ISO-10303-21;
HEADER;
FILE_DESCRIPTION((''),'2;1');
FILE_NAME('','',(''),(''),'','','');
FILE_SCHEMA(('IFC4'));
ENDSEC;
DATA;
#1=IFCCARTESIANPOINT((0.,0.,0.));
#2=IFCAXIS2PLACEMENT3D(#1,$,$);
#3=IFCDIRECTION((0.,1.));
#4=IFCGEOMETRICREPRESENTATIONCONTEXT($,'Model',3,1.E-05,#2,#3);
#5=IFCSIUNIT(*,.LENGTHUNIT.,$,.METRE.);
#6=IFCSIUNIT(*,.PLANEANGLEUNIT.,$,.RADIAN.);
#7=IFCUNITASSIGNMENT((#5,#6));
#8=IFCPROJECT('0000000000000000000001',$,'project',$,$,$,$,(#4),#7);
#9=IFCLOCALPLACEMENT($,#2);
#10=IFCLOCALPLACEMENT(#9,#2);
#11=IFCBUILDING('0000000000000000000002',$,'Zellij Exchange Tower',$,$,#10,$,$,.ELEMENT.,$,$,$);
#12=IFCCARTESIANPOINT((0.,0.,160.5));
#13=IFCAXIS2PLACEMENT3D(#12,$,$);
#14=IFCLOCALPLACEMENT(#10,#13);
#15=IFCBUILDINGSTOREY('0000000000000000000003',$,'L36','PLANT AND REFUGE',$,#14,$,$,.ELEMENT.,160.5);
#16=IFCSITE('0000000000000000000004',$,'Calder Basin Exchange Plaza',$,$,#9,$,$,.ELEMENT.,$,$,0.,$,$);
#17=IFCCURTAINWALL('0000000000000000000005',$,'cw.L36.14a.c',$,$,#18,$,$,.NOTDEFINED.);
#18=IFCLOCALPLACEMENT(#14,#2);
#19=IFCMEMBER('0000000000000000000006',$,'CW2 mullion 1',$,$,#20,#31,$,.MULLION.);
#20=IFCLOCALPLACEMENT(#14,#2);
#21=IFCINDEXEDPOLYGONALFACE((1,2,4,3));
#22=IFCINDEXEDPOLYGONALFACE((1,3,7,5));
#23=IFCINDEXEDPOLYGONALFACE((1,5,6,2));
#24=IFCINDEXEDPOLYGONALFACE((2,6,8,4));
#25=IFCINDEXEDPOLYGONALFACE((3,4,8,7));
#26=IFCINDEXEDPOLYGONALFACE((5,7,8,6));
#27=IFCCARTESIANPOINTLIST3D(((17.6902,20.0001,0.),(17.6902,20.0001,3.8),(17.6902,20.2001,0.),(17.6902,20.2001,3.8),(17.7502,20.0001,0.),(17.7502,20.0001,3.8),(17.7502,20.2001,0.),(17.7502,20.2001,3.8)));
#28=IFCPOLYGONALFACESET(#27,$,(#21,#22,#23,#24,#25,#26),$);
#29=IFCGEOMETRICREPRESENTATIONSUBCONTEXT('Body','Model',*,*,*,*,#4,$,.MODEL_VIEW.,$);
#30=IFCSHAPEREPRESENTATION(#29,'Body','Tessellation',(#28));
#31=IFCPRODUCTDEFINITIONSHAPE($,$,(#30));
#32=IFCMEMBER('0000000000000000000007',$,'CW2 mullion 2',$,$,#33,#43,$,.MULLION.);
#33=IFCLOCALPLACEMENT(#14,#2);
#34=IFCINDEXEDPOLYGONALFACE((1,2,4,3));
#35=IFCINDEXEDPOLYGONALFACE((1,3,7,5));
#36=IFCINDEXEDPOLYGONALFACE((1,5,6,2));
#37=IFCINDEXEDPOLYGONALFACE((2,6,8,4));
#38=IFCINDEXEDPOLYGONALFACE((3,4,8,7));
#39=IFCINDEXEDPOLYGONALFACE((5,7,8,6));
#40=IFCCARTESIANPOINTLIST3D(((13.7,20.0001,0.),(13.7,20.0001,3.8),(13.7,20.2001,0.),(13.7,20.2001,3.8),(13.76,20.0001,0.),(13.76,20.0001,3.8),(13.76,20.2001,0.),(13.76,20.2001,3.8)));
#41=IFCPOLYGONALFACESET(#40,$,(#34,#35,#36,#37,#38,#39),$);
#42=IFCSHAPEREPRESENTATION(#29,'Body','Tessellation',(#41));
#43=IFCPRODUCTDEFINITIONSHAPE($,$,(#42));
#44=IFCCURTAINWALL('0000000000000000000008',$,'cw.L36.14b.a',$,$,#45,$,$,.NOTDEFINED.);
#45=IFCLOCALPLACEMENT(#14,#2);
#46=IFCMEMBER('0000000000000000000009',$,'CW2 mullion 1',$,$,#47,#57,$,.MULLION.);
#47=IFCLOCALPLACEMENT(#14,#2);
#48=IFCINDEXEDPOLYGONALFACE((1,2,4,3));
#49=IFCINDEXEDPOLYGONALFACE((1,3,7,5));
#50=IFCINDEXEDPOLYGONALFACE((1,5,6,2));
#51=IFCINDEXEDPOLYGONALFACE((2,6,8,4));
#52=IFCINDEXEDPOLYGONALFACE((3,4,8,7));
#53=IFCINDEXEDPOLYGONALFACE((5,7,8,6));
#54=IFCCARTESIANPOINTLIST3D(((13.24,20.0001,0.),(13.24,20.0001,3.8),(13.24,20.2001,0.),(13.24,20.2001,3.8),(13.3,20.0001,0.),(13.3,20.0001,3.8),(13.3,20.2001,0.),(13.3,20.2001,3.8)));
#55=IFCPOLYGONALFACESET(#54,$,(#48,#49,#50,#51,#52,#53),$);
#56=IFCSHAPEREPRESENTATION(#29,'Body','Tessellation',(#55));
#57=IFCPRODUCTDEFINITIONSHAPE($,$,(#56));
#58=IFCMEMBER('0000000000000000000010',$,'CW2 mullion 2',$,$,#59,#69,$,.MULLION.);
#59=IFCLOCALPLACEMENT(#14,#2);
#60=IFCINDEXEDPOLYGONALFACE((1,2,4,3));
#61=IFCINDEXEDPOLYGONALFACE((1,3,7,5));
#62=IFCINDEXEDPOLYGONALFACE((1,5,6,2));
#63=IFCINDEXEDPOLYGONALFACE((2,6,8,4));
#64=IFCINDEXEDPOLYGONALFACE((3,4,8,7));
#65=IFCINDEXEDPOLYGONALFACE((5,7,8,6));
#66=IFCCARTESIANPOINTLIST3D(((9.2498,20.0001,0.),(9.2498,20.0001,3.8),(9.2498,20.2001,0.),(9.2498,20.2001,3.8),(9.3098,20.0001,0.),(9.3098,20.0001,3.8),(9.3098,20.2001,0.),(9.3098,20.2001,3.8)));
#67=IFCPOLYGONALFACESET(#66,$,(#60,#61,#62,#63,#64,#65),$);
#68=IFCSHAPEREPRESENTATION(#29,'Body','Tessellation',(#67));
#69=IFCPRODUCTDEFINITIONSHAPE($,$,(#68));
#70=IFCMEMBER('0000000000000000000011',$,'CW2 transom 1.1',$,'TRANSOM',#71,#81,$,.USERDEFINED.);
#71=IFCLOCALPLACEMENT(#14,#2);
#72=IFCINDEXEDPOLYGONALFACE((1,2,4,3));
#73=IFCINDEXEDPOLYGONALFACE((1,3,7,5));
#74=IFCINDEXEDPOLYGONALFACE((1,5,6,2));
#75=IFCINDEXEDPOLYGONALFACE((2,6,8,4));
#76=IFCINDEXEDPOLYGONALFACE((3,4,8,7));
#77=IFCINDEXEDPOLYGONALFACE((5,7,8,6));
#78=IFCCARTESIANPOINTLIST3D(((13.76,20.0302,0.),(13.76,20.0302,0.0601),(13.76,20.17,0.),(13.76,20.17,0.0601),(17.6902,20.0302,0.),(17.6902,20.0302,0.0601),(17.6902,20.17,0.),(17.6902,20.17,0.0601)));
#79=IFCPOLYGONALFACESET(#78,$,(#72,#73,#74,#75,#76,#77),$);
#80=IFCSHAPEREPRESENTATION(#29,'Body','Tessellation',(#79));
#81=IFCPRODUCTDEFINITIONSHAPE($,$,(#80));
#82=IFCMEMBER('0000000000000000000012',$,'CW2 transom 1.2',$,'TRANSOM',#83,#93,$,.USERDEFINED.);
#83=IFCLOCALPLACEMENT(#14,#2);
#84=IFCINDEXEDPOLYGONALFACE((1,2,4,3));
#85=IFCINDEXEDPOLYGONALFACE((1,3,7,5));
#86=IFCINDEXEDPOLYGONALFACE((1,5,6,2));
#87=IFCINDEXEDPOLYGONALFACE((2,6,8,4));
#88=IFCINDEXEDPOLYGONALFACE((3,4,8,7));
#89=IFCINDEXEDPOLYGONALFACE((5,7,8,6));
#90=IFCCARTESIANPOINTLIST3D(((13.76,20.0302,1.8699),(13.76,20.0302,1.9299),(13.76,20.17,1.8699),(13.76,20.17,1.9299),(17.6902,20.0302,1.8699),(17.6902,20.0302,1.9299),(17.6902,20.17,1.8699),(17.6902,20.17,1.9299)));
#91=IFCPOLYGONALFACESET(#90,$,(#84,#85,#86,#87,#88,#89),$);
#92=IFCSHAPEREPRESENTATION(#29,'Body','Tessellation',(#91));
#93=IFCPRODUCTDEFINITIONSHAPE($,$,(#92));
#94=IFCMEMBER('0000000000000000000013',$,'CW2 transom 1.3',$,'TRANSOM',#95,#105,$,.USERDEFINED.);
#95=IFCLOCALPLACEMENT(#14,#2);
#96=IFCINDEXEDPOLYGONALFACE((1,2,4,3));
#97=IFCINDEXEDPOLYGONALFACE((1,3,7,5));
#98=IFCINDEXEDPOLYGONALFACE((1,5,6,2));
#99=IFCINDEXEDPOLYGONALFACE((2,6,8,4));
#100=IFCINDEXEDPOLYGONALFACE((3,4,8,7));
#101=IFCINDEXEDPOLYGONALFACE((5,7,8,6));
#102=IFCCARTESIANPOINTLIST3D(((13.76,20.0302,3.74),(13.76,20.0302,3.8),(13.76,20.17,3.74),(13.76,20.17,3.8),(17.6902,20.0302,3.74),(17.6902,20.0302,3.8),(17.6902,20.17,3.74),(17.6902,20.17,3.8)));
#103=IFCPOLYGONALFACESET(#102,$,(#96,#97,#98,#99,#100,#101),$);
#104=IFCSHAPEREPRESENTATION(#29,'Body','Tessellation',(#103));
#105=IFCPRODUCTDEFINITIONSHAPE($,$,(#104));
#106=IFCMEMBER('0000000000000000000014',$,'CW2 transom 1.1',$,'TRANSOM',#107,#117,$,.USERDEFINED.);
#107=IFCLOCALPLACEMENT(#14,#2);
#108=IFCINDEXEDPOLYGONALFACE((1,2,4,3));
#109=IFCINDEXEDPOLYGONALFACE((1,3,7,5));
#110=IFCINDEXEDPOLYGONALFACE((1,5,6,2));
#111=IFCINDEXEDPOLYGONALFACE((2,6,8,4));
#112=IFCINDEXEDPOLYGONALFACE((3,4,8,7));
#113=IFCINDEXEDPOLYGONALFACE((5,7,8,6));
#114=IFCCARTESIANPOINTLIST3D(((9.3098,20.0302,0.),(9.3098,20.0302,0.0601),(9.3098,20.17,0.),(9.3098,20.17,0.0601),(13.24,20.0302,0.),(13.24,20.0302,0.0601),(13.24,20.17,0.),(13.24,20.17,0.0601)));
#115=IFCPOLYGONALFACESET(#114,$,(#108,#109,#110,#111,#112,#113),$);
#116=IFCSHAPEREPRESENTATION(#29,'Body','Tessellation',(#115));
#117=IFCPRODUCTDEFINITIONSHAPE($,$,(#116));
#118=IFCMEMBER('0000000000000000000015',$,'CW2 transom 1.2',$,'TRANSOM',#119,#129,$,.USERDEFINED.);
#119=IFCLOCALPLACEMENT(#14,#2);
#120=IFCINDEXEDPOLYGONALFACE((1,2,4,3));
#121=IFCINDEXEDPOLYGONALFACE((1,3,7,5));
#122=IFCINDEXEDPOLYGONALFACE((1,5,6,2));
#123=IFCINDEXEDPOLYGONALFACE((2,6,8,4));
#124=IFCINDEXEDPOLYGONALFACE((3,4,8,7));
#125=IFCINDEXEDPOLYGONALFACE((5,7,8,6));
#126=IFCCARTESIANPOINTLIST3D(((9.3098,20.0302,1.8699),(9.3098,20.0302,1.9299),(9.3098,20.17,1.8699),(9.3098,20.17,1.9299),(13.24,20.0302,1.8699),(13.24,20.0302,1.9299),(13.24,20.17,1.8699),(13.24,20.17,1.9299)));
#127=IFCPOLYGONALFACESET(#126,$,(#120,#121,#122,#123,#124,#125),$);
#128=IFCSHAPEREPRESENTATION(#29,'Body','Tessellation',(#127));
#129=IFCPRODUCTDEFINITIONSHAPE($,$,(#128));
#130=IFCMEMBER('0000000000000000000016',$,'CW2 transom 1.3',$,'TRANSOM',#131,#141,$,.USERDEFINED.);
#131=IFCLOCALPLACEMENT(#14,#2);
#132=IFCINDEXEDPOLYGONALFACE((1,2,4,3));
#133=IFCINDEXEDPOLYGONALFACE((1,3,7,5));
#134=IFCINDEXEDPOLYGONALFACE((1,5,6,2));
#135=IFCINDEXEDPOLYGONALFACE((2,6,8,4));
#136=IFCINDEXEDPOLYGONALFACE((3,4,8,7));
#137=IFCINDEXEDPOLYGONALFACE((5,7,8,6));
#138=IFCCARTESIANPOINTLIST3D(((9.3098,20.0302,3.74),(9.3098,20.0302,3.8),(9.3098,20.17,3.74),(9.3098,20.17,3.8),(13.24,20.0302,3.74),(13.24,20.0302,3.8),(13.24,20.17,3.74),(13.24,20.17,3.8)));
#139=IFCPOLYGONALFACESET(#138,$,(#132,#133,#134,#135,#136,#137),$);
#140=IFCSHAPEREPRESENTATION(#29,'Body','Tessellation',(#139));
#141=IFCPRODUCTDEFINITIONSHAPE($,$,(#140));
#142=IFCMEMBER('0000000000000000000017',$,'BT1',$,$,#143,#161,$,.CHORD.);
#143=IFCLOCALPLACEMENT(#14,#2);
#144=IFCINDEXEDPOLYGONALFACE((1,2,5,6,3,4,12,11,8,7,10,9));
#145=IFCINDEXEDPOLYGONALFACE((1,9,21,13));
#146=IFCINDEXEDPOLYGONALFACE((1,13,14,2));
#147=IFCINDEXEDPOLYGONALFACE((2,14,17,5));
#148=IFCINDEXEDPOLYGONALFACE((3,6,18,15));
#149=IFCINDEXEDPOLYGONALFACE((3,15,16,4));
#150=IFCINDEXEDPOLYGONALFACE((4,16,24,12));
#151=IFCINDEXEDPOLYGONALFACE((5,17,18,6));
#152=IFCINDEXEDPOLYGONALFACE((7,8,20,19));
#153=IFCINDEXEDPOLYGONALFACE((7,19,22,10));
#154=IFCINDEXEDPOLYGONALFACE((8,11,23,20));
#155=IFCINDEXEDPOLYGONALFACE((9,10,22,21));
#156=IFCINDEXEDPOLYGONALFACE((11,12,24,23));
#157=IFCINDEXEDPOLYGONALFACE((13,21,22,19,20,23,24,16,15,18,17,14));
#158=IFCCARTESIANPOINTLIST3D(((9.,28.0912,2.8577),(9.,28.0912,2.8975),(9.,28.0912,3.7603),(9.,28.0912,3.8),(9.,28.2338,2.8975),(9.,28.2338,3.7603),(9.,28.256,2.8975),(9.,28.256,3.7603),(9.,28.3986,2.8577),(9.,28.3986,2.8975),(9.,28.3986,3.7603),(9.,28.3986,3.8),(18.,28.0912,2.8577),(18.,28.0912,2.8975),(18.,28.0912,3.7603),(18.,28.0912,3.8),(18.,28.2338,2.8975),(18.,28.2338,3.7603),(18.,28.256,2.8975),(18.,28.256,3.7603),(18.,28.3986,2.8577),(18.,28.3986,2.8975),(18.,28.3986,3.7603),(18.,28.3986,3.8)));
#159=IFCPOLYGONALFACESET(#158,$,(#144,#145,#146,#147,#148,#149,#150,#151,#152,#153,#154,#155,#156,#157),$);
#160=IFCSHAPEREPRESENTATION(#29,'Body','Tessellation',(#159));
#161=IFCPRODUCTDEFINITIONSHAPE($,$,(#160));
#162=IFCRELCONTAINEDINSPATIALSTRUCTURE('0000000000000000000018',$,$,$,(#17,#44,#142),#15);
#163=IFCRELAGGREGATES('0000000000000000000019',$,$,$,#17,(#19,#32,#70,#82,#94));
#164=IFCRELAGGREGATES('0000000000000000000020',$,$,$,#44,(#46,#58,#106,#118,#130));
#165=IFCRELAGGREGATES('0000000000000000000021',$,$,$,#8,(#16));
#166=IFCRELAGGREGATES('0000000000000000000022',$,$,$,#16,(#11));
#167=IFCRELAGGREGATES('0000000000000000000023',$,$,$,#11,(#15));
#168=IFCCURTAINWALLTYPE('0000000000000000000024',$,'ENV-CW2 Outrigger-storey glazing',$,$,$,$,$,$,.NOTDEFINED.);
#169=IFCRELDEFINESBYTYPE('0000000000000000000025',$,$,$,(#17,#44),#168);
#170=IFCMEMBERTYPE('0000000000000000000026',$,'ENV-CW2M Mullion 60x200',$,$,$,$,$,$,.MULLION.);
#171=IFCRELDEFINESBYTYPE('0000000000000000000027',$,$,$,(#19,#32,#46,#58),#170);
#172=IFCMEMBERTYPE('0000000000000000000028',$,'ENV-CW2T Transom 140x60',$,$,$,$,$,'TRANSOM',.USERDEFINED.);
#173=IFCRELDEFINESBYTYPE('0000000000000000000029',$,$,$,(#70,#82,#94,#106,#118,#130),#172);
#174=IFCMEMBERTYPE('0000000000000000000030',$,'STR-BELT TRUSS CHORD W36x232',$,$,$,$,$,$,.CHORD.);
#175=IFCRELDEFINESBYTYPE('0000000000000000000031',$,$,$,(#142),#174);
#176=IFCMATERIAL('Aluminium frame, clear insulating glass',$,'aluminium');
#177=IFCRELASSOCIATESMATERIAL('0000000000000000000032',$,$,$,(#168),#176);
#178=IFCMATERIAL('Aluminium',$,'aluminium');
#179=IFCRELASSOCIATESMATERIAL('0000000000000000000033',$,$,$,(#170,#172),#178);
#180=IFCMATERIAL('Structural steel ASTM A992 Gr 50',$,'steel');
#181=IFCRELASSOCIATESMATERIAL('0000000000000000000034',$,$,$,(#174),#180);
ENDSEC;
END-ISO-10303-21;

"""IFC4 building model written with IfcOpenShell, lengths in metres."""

from ifc_helpers import new_model, si_unit, direction, frame, origin, origin_2d, place, context, subcontext, project, spatial, rectangle, i_section, extrude, material, material_profile, profile_set, type_object, element, aggregate, save


model = new_model("IFC4")

# Units and contexts
model_context = context("Model", 3, precision=1e-05, world=origin(), true_north=direction((0.0, 1.0)))
body_context = subcontext(model_context, "Body", "Model", "MODEL_VIEW")
ifc_project = project(units=[si_unit("LENGTHUNIT", "METRE"), si_unit("PLANEANGLEUNIT", "RADIAN")], contexts=[model_context])

# Site, building, storey
site_placement = place(None, origin())
site = spatial("IfcSite", under=ifc_project, at=site_placement, Name="Calder Basin Exchange Plaza", CompositionType="ELEMENT", RefElevation=0.0)
building_placement = place(site_placement, origin())
building = spatial("IfcBuilding", under=site, at=building_placement, Name="Zellij Exchange Tower", CompositionType="ELEMENT")
storey_placement = place(building_placement, frame((0.0, 0.0, 160.5)))
storey = spatial("IfcBuildingStorey", under=building, at=storey_placement, Name="L36", Description="PLANT AND REFUGE", CompositionType="ELEMENT", Elevation=160.5)

# Curtain walls, members
ifc_material_1 = material(Name="Aluminium frame, clear insulating glass", Category="aluminium")
curtain_wall_type = type_object("IfcCurtainWallType", Name="ENV-CW2 Outrigger-storey glazing", PredefinedType="NOTDEFINED", material=ifc_material_1)
curtain_wall_1_placement = place(storey_placement, origin())
curtain_wall_1 = element("IfcCurtainWall", 1, at=curtain_wall_1_placement, inside=storey, type_object=curtain_wall_type, Name="cw.L36.14a.c", PredefinedType="NOTDEFINED")
ifc_material_2 = material(Name="Aluminium", Category="aluminium")
ifc_material_profile_1 = material_profile(ifc_material_2, rectangle(XDim=0.0601, YDim=0.2, at=origin_2d()), Name="AL 60x200")
ifc_profile_set_1 = profile_set([ifc_material_profile_1], Name="Aluminium")
member_type_1 = type_object("IfcMemberType", Name="ENV-CW2M Mullion 60x200", PredefinedType="MULLION", material=ifc_profile_set_1)
member_1_placement = place(storey_placement, frame((17.7202, 20.1001, 0.0), z_axis=(0.0, 0.0, 1.0), x_axis=(-1.0, 0.0, 0.0)))
member_1 = element("IfcMember", 2, at=member_1_placement, type_object=member_type_1, Name="CW2 mullion 1", PredefinedType="MULLION", context=body_context, shape_type="SweptSolid", body=[
    extrude(rectangle(XDim=0.0601, YDim=0.2, at=origin_2d()), origin(), (0.0, 0.0, 1.0), 3.8),
])
member_2_placement = place(storey_placement, frame((13.73, 20.1001, 0.0), z_axis=(0.0, 0.0, 1.0), x_axis=(-1.0, 0.0, 0.0)))
member_2 = element("IfcMember", 3, at=member_2_placement, type_object=member_type_1, Name="CW2 mullion 2", PredefinedType="MULLION", context=body_context, shape_type="SweptSolid", body=[
    extrude(rectangle(XDim=0.0601, YDim=0.2, at=origin_2d()), origin(), (0.0, 0.0, 1.0), 3.8),
])
curtain_wall_2_placement = place(storey_placement, origin())
curtain_wall_2 = element("IfcCurtainWall", 4, at=curtain_wall_2_placement, inside=storey, type_object=curtain_wall_type, Name="cw.L36.14b.a", PredefinedType="NOTDEFINED")
member_3_placement = place(storey_placement, frame((13.27, 20.1001, 0.0), z_axis=(0.0, 0.0, 1.0), x_axis=(-1.0, 0.0, 0.0)))
member_3 = element("IfcMember", 5, at=member_3_placement, type_object=member_type_1, Name="CW2 mullion 1", PredefinedType="MULLION", context=body_context, shape_type="SweptSolid", body=[
    extrude(rectangle(XDim=0.0601, YDim=0.2, at=origin_2d()), origin(), (0.0, 0.0, 1.0), 3.8),
])
member_4_placement = place(storey_placement, frame((9.2798, 20.1001, 0.0), z_axis=(0.0, 0.0, 1.0), x_axis=(-1.0, 0.0, 0.0)))
member_4 = element("IfcMember", 6, at=member_4_placement, type_object=member_type_1, Name="CW2 mullion 2", PredefinedType="MULLION", context=body_context, shape_type="SweptSolid", body=[
    extrude(rectangle(XDim=0.0601, YDim=0.2, at=origin_2d()), origin(), (0.0, 0.0, 1.0), 3.8),
])

# Members
ifc_material_profile_2 = material_profile(ifc_material_2, rectangle(XDim=0.1399, YDim=0.0601, at=origin_2d()), Name="AL 140x60")
ifc_profile_set_2 = profile_set([ifc_material_profile_2], Name="Aluminium")
member_type_2 = type_object("IfcMemberType", Name="ENV-CW2T Transom 140x60", ElementType="TRANSOM", PredefinedType="USERDEFINED", material=ifc_profile_set_2)
member_5_placement = place(storey_placement, frame((17.6902, 20.1001, 0.03), z_axis=(-1.0, 0.0, 0.0), x_axis=(0.0, -1.0, 0.0)))
member_5 = element("IfcMember", 7, at=member_5_placement, type_object=member_type_2, Name="CW2 transom 1.1", ObjectType="TRANSOM", PredefinedType="USERDEFINED", context=body_context, shape_type="SweptSolid", body=[
    extrude(rectangle(XDim=0.1399, YDim=0.0601, at=origin_2d()), origin(), (0.0, 0.0, 1.0), 3.9302),
])
member_6_placement = place(storey_placement, frame((17.6902, 20.1001, 1.8999), z_axis=(-1.0, 0.0, 0.0), x_axis=(0.0, -1.0, 0.0)))
member_6 = element("IfcMember", 8, at=member_6_placement, type_object=member_type_2, Name="CW2 transom 1.2", ObjectType="TRANSOM", PredefinedType="USERDEFINED", context=body_context, shape_type="SweptSolid", body=[
    extrude(rectangle(XDim=0.1399, YDim=0.0601, at=origin_2d()), origin(), (0.0, 0.0, 1.0), 3.9302),
])
member_7_placement = place(storey_placement, frame((17.6902, 20.1001, 3.77), z_axis=(-1.0, 0.0, 0.0), x_axis=(0.0, -1.0, 0.0)))
member_7 = element("IfcMember", 9, at=member_7_placement, type_object=member_type_2, Name="CW2 transom 1.3", ObjectType="TRANSOM", PredefinedType="USERDEFINED", context=body_context, shape_type="SweptSolid", body=[
    extrude(rectangle(XDim=0.1399, YDim=0.0601, at=origin_2d()), origin(), (0.0, 0.0, 1.0), 3.9302),
])
member_8_placement = place(storey_placement, frame((13.24, 20.1001, 0.03), z_axis=(-1.0, 0.0, 0.0), x_axis=(0.0, -1.0, 0.0)))
member_8 = element("IfcMember", 10, at=member_8_placement, type_object=member_type_2, Name="CW2 transom 1.1", ObjectType="TRANSOM", PredefinedType="USERDEFINED", context=body_context, shape_type="SweptSolid", body=[
    extrude(rectangle(XDim=0.1399, YDim=0.0601, at=origin_2d()), origin(), (0.0, 0.0, 1.0), 3.9302),
])
member_9_placement = place(storey_placement, frame((13.24, 20.1001, 1.8999), z_axis=(-1.0, 0.0, 0.0), x_axis=(0.0, -1.0, 0.0)))
member_9 = element("IfcMember", 11, at=member_9_placement, type_object=member_type_2, Name="CW2 transom 1.2", ObjectType="TRANSOM", PredefinedType="USERDEFINED", context=body_context, shape_type="SweptSolid", body=[
    extrude(rectangle(XDim=0.1399, YDim=0.0601, at=origin_2d()), origin(), (0.0, 0.0, 1.0), 3.9302),
])
member_10_placement = place(storey_placement, frame((13.24, 20.1001, 3.77), z_axis=(-1.0, 0.0, 0.0), x_axis=(0.0, -1.0, 0.0)))
member_10 = element("IfcMember", 12, at=member_10_placement, type_object=member_type_2, Name="CW2 transom 1.3", ObjectType="TRANSOM", PredefinedType="USERDEFINED", context=body_context, shape_type="SweptSolid", body=[
    extrude(rectangle(XDim=0.1399, YDim=0.0601, at=origin_2d()), origin(), (0.0, 0.0, 1.0), 3.9302),
])

# Member
ifc_material_3 = material(Name="Structural steel ASTM A992 Gr 50", Category="steel")
ifc_material_profile_3 = material_profile(ifc_material_3, i_section(OverallWidth=0.3074, OverallDepth=0.9424, WebThickness=0.0222, FlangeThickness=0.0398, at=origin_2d()), Name="W36x232")
ifc_profile_set_3 = profile_set([ifc_material_profile_3], Name="Structural steel ASTM A992 Gr 50")
member_type_3 = type_object("IfcMemberType", Name="STR-BELT TRUSS CHORD W36x232", PredefinedType="CHORD", material=ifc_profile_set_3)
member_11_placement = place(storey_placement, frame((9.0, 28.2449, 3.3289), z_axis=(1.0, 0.0, 0.0), x_axis=(0.0, 1.0, 0.0)))
element("IfcMember", 13, at=member_11_placement, inside=storey, type_object=member_type_3, Name="BT1", PredefinedType="CHORD", context=body_context, shape_type="SweptSolid", body=[
    extrude(i_section(OverallWidth=0.3074, OverallDepth=0.9424, WebThickness=0.0222, FlangeThickness=0.0398, at=origin_2d()), origin(), (0.0, 0.0, 1.0), 9.0),
])

aggregate(curtain_wall_1, [member_1, member_2, member_5, member_6, member_7])
aggregate(curtain_wall_2, [member_3, member_4, member_8, member_9, member_10])

save(model, "model.ifc")
